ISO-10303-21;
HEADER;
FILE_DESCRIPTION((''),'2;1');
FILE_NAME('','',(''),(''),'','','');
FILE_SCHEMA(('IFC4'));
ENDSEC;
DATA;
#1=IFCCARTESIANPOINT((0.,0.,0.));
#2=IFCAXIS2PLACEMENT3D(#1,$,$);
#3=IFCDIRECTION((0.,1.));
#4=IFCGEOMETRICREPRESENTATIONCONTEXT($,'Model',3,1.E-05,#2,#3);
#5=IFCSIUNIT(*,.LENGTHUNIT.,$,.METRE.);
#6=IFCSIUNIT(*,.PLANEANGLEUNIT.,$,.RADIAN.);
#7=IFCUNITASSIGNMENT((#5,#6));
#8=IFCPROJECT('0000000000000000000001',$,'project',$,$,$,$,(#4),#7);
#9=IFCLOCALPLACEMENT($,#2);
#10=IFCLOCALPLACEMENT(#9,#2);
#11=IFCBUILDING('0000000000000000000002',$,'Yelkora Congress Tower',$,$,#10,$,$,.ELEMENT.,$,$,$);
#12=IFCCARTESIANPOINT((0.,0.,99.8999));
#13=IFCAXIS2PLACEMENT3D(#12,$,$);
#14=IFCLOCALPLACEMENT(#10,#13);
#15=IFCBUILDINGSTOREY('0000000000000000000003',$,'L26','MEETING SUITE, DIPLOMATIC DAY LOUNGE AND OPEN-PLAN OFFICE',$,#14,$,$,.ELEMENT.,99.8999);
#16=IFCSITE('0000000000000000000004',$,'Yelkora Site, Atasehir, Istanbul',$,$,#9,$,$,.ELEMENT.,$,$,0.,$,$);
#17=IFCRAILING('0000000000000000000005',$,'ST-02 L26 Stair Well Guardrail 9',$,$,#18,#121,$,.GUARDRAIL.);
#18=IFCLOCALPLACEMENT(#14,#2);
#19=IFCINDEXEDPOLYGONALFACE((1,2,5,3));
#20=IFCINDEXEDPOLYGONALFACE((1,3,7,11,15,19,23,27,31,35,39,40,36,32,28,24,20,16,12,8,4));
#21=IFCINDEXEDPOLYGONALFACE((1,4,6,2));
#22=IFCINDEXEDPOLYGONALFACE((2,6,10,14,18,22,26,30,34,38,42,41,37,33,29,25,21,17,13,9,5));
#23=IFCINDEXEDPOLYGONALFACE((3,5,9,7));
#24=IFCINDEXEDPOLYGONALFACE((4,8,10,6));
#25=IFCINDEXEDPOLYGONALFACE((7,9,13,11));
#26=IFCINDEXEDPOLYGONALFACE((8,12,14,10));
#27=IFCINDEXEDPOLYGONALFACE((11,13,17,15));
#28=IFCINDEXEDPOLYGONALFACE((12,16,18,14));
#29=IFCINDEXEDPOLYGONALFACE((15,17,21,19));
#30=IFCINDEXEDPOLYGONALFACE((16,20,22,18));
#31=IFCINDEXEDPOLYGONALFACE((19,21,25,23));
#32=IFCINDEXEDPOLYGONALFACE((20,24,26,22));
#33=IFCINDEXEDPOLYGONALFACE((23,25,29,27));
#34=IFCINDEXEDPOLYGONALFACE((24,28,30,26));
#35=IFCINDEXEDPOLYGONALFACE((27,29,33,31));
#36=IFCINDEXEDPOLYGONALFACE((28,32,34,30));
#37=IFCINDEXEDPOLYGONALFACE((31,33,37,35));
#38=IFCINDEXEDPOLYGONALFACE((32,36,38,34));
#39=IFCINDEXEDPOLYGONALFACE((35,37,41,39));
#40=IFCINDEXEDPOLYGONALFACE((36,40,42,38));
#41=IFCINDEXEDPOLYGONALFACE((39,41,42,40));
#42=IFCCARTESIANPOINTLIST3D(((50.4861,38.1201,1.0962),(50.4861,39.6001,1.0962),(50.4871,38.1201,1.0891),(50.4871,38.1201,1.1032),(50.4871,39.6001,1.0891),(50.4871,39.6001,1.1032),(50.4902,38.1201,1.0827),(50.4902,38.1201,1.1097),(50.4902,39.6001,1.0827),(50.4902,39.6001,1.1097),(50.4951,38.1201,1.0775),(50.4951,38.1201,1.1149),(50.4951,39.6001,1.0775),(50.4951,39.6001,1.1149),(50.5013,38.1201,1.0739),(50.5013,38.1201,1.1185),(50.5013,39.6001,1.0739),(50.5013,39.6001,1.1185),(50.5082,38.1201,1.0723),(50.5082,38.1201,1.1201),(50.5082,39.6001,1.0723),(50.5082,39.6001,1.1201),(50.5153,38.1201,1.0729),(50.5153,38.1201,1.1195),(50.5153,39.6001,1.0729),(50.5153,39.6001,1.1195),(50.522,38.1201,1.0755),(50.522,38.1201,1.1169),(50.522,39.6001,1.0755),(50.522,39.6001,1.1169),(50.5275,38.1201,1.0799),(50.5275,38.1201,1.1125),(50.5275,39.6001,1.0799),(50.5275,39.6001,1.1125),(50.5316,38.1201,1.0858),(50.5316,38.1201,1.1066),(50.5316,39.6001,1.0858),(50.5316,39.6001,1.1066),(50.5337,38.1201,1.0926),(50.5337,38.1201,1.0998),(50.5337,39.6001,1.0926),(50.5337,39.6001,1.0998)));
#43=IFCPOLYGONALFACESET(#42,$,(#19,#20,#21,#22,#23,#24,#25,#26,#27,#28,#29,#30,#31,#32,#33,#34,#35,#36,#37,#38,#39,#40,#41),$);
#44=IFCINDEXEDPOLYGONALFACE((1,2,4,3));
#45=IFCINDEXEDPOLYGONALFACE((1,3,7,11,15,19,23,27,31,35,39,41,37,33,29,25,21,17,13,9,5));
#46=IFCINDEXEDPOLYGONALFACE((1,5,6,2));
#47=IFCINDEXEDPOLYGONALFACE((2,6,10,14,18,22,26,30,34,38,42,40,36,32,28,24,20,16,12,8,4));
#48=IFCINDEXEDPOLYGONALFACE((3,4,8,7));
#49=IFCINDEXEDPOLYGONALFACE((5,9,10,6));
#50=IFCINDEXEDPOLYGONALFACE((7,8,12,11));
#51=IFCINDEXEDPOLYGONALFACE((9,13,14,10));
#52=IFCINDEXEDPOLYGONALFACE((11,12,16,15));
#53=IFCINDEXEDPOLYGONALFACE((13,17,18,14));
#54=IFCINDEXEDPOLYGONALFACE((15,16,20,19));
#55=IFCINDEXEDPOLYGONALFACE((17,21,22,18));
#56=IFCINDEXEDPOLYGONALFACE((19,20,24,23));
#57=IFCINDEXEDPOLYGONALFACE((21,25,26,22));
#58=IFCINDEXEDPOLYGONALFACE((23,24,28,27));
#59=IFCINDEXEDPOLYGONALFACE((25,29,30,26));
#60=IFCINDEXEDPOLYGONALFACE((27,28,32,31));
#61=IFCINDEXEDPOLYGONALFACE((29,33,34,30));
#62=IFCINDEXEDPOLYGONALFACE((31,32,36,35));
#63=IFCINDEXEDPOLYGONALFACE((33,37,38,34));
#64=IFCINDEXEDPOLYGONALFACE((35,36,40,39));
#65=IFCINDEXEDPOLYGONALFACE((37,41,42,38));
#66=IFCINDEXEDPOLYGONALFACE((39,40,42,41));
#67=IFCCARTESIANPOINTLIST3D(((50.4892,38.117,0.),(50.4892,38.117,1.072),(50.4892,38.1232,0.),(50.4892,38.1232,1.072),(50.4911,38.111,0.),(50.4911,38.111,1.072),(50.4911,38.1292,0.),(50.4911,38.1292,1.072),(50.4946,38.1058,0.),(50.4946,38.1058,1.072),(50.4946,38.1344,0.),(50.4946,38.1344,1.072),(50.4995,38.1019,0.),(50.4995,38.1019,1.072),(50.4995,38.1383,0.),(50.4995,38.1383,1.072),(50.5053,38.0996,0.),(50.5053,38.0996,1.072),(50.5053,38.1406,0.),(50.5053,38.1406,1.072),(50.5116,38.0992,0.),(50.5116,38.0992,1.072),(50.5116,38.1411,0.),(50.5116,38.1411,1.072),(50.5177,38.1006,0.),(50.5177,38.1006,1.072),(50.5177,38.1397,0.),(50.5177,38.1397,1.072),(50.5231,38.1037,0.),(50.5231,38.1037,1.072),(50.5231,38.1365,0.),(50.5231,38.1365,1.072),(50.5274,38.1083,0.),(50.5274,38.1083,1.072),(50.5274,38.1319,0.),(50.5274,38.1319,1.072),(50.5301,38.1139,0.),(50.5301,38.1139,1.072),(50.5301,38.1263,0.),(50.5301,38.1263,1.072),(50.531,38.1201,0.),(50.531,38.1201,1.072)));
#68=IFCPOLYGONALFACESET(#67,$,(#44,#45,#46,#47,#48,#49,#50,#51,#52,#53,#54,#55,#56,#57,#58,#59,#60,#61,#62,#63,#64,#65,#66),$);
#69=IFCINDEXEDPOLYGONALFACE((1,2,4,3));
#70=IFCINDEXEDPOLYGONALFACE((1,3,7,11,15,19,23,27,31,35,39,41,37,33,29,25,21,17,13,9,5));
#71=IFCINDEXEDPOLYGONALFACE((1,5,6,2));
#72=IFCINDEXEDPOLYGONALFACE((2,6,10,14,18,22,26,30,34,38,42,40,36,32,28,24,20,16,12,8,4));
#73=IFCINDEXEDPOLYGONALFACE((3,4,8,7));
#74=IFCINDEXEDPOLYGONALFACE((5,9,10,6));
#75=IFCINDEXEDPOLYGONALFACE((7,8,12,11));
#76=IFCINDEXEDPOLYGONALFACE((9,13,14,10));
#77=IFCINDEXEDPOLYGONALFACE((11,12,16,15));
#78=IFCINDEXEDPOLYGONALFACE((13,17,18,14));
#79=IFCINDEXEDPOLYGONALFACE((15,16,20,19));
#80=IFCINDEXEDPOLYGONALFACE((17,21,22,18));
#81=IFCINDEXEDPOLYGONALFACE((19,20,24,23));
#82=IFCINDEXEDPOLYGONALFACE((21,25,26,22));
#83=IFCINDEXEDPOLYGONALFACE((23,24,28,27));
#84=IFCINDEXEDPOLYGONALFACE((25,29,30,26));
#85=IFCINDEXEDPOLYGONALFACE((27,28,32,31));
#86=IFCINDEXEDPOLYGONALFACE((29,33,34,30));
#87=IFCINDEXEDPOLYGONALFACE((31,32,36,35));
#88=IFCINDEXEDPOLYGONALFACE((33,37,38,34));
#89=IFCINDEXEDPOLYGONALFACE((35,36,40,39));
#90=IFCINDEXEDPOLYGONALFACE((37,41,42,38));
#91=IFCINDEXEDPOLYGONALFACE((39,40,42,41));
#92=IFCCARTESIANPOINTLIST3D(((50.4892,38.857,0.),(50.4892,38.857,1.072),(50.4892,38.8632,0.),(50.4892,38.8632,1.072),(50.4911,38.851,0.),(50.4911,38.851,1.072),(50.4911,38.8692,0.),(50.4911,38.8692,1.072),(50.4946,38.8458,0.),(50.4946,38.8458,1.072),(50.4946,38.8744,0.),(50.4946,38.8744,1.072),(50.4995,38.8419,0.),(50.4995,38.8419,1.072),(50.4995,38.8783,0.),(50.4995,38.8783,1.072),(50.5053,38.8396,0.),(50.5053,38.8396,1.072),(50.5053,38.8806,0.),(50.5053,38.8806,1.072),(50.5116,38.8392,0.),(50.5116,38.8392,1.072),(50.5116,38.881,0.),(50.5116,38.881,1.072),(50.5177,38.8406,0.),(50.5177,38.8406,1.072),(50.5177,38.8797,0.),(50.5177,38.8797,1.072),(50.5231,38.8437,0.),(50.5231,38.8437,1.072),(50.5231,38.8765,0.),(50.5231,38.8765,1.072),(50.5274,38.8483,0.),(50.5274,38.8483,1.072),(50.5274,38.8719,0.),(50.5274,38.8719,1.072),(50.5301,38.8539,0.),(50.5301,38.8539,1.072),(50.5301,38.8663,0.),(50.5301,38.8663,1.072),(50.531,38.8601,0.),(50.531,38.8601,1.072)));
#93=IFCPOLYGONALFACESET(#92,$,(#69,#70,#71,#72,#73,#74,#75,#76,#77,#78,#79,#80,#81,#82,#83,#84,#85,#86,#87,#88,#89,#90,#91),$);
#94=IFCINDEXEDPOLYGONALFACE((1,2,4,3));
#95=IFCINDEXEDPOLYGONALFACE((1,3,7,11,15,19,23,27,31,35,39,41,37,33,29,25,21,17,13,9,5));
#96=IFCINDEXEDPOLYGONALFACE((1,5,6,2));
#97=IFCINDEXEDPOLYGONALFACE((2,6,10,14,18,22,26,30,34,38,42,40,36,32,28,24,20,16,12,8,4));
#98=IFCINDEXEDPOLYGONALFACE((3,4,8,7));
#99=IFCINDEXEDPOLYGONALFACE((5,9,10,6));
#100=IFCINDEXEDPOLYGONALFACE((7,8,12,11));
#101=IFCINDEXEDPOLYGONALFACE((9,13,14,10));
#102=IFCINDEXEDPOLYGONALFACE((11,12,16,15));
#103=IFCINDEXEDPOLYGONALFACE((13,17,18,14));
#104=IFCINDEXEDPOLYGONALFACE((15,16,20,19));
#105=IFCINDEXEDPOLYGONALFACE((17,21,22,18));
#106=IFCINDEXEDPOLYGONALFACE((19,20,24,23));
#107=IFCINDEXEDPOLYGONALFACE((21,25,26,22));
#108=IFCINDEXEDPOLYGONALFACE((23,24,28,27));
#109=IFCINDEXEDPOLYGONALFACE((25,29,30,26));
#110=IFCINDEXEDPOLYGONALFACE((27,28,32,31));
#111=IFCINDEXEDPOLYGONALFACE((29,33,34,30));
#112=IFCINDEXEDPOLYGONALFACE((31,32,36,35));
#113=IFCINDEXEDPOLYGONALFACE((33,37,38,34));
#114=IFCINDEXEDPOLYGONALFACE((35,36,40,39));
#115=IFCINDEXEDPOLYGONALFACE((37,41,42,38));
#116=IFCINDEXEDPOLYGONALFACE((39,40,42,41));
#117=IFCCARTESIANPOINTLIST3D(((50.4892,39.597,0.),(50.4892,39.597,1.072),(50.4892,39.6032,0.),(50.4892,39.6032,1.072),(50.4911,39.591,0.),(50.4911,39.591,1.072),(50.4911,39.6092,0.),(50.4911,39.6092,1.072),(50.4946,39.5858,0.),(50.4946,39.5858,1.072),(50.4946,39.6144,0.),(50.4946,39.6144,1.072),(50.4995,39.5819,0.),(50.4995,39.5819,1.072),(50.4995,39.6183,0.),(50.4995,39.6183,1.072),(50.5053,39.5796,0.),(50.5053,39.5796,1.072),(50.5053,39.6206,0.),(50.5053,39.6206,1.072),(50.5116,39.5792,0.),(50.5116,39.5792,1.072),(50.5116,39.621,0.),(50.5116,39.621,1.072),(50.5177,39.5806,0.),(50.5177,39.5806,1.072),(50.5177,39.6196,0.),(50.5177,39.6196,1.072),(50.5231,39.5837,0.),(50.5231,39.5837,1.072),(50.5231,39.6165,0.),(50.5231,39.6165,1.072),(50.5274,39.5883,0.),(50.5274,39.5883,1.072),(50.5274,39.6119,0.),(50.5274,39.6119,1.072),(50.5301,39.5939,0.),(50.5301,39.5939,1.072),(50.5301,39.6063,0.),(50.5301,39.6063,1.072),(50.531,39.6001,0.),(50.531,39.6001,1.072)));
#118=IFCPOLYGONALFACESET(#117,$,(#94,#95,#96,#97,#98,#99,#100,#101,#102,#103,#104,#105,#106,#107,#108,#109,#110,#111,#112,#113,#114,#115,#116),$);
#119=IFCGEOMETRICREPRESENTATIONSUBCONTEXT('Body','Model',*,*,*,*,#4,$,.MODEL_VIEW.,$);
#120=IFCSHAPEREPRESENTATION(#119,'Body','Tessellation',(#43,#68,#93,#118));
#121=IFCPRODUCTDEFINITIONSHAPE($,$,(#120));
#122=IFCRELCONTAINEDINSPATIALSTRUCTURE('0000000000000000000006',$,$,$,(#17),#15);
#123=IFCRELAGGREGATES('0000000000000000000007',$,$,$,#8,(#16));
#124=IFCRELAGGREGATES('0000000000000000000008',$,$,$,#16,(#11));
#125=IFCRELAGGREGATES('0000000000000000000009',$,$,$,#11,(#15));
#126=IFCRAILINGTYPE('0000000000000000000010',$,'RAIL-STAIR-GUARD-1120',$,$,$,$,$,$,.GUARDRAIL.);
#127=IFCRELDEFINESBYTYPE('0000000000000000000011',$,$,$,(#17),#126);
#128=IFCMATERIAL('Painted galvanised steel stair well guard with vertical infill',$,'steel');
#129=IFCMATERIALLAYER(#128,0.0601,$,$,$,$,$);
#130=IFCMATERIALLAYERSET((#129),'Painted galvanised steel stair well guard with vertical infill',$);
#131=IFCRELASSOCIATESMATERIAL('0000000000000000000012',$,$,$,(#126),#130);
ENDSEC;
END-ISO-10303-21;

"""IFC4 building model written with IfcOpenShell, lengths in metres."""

from ifc_helpers import new_model, si_unit, direction, frame, origin, origin_2d, place, context, subcontext, project, spatial, circle, extrude, material, layer, layer_set, type_object, element, save


model = new_model("IFC4")

# Units and contexts
model_context = context("Model", 3, precision=1e-05, world=origin(), true_north=direction((0.0, 1.0)))
body_context = subcontext(model_context, "Body", "Model", "MODEL_VIEW")
ifc_project = project(units=[si_unit("LENGTHUNIT", "METRE"), si_unit("PLANEANGLEUNIT", "RADIAN")], contexts=[model_context])

# Site, building, storey
site_placement = place(None, origin())
site = spatial("IfcSite", under=ifc_project, at=site_placement, Name="Yelkora Site, Atasehir, Istanbul", CompositionType="ELEMENT", RefElevation=0.0)
building_placement = place(site_placement, origin())
building = spatial("IfcBuilding", under=site, at=building_placement, Name="Yelkora Congress Tower", CompositionType="ELEMENT")
storey_placement = place(building_placement, frame((0.0, 0.0, 99.8999)))
storey = spatial("IfcBuildingStorey", under=building, at=storey_placement, Name="L26", Description="MEETING SUITE, DIPLOMATIC DAY LOUNGE AND OPEN-PLAN OFFICE", CompositionType="ELEMENT", Elevation=99.8999)

# Railing
ifc_material_1 = material(Name="Painted galvanised steel stair well guard with vertical infill", Category="steel")
ifc_layer_1 = layer(ifc_material_1, 0.0601)
ifc_layer_set_1 = layer_set([ifc_layer_1], Name="Painted galvanised steel stair well guard with vertical infill")
railing_type_1 = type_object("IfcRailingType", Name="RAIL-STAIR-GUARD-1120", PredefinedType="GUARDRAIL", material=ifc_layer_set_1)
for number, where, name in (
    (1, (50.51, 38.1201, 0.0), "ST-02 L26 Stair Well Guardrail 9"),
):
    element("IfcRailing", number, at=place(storey_placement, frame(where)), inside=storey, type_object=railing_type_1, Name=name, PredefinedType="GUARDRAIL", context=body_context, shape_type="SweptSolid", body=[
        extrude(circle(Radius=0.0239, at=origin_2d()), frame((0.0, 0.0, 1.0962), z_axis=(0.0, 1.0, 0.0), x_axis=(-1.0, 0.0, 0.0)), (0.0, 0.0, 1.0), 1.48),
        extrude(circle(Radius=0.021, at=origin_2d()), origin(), (0.0, 0.0, 1.0), 1.072),
        extrude(circle(Radius=0.021, at=origin_2d()), frame((0.0, 0.74, 0.0)), (0.0, 0.0, 1.0), 1.072),
        extrude(circle(Radius=0.021, at=origin_2d()), frame((0.0, 1.48, 0.0)), (0.0, 0.0, 1.0), 1.072),
    ])

save(model, "model.ifc")
